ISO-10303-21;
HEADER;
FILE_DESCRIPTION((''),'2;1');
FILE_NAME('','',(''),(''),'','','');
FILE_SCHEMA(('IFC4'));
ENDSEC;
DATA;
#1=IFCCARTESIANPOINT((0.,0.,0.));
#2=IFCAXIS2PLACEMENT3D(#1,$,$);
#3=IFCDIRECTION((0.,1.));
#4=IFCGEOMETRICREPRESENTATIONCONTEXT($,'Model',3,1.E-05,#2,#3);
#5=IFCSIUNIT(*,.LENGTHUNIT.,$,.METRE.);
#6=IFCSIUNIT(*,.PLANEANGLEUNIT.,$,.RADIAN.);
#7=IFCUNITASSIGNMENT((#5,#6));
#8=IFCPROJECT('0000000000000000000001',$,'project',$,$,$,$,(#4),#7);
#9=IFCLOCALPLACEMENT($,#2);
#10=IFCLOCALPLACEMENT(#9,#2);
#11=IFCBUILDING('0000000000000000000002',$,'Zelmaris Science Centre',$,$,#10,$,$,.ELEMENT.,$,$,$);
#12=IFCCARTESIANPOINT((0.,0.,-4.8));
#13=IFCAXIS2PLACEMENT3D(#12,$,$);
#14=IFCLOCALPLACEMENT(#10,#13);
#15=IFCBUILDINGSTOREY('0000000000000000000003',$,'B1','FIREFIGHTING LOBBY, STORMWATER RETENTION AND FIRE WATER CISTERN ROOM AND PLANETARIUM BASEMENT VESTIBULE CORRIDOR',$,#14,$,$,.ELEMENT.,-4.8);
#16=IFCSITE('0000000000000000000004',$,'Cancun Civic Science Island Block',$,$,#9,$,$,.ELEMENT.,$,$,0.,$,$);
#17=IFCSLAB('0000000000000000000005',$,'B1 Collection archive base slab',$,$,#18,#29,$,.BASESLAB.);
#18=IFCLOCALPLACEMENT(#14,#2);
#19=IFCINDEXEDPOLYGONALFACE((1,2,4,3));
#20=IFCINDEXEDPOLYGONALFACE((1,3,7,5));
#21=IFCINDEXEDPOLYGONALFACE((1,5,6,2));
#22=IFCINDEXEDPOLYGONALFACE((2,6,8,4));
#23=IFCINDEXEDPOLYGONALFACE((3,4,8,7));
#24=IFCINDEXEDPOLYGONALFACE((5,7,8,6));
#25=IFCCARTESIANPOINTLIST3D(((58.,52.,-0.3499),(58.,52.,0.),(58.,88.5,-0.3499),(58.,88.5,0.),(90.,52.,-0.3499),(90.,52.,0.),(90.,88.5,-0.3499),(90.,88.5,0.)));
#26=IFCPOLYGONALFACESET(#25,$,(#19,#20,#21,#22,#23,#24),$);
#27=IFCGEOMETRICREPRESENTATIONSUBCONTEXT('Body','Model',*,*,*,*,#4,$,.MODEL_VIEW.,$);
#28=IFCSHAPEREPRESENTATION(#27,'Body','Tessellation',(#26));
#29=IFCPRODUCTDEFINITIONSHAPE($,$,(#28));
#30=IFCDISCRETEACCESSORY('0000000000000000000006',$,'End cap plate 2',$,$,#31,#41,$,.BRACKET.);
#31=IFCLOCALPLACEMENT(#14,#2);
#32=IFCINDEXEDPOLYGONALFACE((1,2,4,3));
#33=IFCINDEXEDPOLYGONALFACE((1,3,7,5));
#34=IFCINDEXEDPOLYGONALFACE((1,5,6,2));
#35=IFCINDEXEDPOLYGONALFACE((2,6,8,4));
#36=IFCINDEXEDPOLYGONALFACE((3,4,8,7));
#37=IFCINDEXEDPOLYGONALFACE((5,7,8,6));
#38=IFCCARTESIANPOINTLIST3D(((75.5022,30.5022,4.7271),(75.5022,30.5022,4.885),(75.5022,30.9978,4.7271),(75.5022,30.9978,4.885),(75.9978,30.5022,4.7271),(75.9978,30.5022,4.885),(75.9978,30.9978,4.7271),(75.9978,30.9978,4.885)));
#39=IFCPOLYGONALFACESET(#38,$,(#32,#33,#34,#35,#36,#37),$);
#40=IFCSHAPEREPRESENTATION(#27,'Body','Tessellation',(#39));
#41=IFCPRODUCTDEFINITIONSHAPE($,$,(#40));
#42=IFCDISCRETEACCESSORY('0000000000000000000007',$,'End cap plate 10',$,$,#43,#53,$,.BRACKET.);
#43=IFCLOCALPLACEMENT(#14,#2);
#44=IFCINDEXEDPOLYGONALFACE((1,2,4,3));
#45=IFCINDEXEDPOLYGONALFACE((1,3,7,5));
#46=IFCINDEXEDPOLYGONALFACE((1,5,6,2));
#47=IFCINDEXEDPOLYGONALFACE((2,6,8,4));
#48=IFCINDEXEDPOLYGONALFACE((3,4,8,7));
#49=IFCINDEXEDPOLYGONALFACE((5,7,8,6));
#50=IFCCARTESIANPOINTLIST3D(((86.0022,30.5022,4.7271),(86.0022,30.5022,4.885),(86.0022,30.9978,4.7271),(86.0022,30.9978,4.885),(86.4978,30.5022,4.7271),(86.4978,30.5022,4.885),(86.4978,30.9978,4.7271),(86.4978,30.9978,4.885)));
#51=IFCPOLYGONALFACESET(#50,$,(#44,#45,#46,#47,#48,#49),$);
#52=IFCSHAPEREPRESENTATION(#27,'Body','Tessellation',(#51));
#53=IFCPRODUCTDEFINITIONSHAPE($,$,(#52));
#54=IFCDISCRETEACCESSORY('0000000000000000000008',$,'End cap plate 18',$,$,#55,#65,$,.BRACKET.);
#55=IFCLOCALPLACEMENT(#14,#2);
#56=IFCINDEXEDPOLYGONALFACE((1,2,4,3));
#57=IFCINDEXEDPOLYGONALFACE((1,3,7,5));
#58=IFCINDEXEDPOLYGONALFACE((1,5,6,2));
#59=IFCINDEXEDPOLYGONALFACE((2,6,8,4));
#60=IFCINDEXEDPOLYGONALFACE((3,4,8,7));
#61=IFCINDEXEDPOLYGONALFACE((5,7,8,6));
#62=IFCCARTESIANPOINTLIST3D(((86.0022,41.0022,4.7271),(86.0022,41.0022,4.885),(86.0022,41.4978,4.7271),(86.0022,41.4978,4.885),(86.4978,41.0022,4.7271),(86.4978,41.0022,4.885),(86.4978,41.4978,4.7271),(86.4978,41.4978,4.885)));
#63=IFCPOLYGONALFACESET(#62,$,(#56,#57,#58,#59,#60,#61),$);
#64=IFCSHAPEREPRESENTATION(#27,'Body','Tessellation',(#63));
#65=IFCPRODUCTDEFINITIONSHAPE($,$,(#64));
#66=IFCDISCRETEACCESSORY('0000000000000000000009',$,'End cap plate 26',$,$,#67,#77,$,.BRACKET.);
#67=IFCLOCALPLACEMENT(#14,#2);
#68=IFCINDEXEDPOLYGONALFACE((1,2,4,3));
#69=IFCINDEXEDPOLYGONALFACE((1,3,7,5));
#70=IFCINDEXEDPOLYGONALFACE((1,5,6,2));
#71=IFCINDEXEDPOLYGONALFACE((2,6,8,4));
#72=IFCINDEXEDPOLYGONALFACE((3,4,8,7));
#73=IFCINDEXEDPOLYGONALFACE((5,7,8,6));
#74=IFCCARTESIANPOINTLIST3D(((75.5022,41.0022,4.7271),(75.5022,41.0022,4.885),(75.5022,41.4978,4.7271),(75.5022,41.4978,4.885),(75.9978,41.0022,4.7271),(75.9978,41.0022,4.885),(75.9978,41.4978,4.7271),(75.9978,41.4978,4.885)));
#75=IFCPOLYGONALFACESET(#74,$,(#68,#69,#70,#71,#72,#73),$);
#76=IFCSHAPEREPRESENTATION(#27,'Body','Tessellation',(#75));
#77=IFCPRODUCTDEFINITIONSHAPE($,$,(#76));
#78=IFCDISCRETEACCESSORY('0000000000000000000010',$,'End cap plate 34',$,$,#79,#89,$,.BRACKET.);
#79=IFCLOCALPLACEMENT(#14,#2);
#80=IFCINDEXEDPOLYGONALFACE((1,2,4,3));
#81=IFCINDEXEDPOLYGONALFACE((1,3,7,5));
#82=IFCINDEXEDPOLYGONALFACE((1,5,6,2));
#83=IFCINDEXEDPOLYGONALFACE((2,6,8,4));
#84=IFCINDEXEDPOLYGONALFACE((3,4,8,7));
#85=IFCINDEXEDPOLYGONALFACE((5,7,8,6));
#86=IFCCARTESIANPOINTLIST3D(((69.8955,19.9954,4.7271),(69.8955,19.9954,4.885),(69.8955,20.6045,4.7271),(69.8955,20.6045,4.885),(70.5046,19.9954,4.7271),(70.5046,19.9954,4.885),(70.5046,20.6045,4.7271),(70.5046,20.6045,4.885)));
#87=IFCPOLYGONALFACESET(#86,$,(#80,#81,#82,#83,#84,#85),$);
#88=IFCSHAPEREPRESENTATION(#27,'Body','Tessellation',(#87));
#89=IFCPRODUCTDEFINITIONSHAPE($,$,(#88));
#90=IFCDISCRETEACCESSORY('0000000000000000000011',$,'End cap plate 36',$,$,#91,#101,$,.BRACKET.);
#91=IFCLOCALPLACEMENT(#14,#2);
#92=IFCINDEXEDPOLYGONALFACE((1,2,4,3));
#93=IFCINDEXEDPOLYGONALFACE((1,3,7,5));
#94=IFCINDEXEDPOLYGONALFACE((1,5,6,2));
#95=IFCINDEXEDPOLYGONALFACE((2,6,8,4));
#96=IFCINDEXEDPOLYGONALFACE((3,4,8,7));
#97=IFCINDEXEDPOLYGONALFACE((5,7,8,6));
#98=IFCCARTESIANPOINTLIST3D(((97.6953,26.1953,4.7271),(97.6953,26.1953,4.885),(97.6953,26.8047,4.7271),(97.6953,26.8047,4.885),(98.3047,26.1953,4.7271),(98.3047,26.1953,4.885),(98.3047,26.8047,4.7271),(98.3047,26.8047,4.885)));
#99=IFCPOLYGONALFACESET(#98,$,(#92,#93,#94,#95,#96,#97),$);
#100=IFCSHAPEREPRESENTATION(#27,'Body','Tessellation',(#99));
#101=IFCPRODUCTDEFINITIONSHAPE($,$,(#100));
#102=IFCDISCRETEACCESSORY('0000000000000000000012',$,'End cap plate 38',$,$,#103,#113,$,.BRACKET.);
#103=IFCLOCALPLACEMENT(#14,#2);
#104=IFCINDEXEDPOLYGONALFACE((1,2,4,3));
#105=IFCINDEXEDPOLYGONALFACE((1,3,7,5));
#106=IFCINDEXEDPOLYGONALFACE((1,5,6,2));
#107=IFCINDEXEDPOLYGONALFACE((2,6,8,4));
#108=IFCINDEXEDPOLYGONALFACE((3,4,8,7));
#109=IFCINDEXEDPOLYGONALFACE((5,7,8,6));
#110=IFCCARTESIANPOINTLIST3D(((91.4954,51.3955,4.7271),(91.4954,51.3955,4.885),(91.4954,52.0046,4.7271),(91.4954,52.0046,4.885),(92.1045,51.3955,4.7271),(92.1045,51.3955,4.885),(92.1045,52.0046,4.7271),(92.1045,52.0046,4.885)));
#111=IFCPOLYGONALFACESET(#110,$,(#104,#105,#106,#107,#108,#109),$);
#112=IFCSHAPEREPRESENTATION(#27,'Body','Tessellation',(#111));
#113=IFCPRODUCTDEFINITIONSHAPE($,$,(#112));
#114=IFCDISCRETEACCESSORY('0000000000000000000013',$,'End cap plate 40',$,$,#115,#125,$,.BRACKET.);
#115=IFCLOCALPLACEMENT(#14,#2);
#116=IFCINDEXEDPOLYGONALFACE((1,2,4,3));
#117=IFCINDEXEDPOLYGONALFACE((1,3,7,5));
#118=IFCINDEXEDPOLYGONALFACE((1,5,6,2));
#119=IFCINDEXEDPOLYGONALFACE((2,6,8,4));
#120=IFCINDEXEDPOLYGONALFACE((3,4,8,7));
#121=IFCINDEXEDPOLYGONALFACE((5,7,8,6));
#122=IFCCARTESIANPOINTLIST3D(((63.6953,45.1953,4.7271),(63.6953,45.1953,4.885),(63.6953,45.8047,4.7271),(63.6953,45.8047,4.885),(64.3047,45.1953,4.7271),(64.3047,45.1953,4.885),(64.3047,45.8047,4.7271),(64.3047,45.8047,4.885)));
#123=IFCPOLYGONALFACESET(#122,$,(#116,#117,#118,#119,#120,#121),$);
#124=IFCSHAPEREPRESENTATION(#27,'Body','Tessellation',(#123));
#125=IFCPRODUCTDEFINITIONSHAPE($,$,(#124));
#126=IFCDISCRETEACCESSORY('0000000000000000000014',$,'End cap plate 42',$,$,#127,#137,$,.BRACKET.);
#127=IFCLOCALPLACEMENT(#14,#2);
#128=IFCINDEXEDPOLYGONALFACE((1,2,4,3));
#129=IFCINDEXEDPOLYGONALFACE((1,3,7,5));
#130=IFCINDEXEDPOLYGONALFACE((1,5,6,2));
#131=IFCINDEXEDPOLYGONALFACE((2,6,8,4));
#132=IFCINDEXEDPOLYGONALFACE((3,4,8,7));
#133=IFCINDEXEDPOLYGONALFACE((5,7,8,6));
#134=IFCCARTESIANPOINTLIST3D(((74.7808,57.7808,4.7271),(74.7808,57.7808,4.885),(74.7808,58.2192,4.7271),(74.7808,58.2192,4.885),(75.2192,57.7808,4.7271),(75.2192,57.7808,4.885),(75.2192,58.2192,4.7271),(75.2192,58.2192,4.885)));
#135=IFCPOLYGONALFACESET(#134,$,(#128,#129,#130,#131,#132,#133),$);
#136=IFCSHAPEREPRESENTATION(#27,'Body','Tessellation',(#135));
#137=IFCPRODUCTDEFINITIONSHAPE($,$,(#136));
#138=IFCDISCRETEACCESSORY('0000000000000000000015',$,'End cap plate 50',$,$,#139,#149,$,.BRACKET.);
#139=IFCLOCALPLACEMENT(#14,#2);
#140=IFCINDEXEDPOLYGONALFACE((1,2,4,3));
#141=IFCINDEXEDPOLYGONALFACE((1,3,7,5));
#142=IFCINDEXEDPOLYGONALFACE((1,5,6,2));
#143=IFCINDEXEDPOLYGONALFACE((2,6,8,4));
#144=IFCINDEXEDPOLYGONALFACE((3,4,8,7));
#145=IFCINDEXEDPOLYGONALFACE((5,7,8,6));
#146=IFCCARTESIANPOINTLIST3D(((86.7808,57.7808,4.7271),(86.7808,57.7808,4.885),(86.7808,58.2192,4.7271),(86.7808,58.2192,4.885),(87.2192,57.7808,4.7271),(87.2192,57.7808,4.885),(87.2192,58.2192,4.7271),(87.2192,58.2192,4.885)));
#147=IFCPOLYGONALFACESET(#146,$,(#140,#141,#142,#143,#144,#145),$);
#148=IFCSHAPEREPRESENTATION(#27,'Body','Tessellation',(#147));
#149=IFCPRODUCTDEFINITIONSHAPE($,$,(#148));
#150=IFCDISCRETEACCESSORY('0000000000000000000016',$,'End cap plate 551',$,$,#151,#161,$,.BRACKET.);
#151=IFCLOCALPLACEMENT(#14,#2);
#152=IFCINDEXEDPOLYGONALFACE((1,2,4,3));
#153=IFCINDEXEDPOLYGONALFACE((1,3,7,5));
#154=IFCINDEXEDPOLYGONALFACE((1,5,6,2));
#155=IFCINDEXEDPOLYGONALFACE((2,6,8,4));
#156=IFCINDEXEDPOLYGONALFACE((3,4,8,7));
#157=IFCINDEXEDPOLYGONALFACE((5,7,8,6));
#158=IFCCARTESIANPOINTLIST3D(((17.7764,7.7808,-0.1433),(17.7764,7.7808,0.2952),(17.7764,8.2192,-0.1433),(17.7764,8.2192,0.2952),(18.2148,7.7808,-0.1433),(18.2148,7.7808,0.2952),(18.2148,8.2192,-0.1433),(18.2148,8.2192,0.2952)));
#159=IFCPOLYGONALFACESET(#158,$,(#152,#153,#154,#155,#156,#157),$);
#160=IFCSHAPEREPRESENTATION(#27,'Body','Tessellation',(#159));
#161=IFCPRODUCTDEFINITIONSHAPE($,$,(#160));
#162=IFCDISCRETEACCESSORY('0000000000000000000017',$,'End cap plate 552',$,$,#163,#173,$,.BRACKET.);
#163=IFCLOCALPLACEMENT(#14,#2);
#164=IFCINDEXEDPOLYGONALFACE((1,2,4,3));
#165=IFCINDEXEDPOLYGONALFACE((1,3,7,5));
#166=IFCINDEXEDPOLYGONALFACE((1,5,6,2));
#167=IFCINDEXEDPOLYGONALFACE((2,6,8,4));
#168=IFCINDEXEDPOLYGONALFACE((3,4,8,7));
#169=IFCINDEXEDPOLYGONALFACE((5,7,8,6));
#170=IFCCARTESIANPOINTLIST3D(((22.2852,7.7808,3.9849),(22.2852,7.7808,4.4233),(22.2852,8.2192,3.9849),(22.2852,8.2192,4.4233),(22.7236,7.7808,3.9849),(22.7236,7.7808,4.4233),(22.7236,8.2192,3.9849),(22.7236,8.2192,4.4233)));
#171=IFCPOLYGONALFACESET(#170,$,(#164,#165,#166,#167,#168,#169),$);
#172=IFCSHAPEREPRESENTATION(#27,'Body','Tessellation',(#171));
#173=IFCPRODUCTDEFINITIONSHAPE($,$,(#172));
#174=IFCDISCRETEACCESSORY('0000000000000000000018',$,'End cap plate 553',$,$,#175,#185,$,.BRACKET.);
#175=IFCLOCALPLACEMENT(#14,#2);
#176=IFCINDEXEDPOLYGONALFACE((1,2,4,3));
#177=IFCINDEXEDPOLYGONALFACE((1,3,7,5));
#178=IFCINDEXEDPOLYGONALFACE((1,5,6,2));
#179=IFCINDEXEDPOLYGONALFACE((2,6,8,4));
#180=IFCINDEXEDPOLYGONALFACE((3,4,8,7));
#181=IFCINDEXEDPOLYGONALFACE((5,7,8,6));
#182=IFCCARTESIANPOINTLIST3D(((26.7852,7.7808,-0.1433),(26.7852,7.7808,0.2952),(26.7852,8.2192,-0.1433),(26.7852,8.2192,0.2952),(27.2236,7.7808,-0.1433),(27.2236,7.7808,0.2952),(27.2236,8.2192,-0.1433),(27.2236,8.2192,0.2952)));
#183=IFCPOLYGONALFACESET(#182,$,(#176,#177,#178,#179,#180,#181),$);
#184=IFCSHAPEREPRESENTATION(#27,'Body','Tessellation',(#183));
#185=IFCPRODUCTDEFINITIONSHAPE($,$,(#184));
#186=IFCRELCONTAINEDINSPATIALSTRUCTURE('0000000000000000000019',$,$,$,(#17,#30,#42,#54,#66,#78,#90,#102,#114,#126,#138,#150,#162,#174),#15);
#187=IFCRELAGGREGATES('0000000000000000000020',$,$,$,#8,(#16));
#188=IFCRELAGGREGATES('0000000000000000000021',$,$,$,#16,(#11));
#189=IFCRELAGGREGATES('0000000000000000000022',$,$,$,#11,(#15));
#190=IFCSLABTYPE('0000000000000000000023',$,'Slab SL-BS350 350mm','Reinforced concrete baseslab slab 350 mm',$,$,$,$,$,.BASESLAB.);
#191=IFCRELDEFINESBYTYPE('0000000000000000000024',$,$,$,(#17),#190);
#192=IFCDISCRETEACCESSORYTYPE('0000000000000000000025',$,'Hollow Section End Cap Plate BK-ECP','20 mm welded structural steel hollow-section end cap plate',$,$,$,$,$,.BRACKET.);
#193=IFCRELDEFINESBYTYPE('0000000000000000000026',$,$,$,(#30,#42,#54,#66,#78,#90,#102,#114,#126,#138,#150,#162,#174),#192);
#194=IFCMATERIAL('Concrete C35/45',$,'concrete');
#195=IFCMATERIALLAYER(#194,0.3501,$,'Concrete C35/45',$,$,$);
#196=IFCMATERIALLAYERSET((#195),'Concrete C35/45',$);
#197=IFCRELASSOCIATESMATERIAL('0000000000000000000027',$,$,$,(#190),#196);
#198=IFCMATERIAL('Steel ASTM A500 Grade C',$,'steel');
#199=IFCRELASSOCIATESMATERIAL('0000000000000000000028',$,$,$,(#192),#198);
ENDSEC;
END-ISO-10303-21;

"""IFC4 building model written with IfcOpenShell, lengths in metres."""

from ifc_helpers import new_model, si_unit, direction, frame, origin, place, context, subcontext, project, spatial, polyline, outline, extrude, material, layer, layer_set, type_object, element, save


model = new_model("IFC4")

# Units and contexts
model_context = context("Model", 3, precision=1e-05, world=origin(), true_north=direction((0.0, 1.0)))
body_context = subcontext(model_context, "Body", "Model", "MODEL_VIEW")
ifc_project = project(units=[si_unit("LENGTHUNIT", "METRE"), si_unit("PLANEANGLEUNIT", "RADIAN")], contexts=[model_context])

# Site, building, storey
site_placement = place(None, origin())
site = spatial("IfcSite", under=ifc_project, at=site_placement, Name="Cancun Civic Science Island Block", CompositionType="ELEMENT", RefElevation=0.0)
building_placement = place(site_placement, origin())
building = spatial("IfcBuilding", under=site, at=building_placement, Name="Zelmaris Science Centre", CompositionType="ELEMENT")
storey_placement = place(building_placement, frame((0.0, 0.0, -4.8)))
storey = spatial("IfcBuildingStorey", under=building, at=storey_placement, Name="B1", Description="FIREFIGHTING LOBBY, STORMWATER RETENTION AND FIRE WATER CISTERN ROOM AND PLANETARIUM BASEMENT VESTIBULE CORRIDOR", CompositionType="ELEMENT", Elevation=-4.8)

# Slab
ifc_material_1 = material(Name="Concrete C35/45", Category="concrete")
ifc_layer = layer(ifc_material_1, 0.3501, Name="Concrete C35/45")
ifc_layer_set = layer_set([ifc_layer], Name="Concrete C35/45")
slab_type = type_object("IfcSlabType", Name="Slab SL-BS350 350mm", Description="Reinforced concrete baseslab slab 350 mm", PredefinedType="BASESLAB", material=ifc_layer_set)
slab_placement = place(storey_placement, frame((0.0, 0.0, -0.3499)))
element("IfcSlab", 1, at=slab_placement, inside=storey, type_object=slab_type, Name="B1 Collection archive base slab", PredefinedType="BASESLAB", context=body_context, shape_type="SweptSolid", body=[
    extrude(outline(polyline([(58.0, 52.0), (58.0, 88.5), (90.0, 88.5), (90.0, 52.0), (58.0, 52.0)])), origin(), (0.0, 0.0, 1.0), 0.3499),
])

# Discrete accessories
ifc_material_2 = material(Name="Steel ASTM A500 Grade C", Category="steel")
discrete_accessory_type = type_object("IfcDiscreteAccessoryType", Name="Hollow Section End Cap Plate BK-ECP", Description="20 mm welded structural steel hollow-section end cap plate", PredefinedType="BRACKET", material=ifc_material_2)
discrete_accessory_1_placement = place(storey_placement, frame((0.0, 0.0, 4.7271)))
element("IfcDiscreteAccessory", 2, at=discrete_accessory_1_placement, inside=storey, type_object=discrete_accessory_type, Name="End cap plate 2", PredefinedType="BRACKET", context=body_context, shape_type="SweptSolid", body=[
    extrude(outline(polyline([(75.5022, 30.5022), (75.9978, 30.5022), (75.9978, 30.9978), (75.5022, 30.9978), (75.5022, 30.5022)])), origin(), (0.0, 0.0, 1.0), 0.158),
])
discrete_accessory_2_placement = place(storey_placement, frame((0.0, 0.0, 4.7271)))
element("IfcDiscreteAccessory", 3, at=discrete_accessory_2_placement, inside=storey, type_object=discrete_accessory_type, Name="End cap plate 10", PredefinedType="BRACKET", context=body_context, shape_type="SweptSolid", body=[
    extrude(outline(polyline([(86.0022, 30.5022), (86.4978, 30.5022), (86.4978, 30.9978), (86.0022, 30.9978), (86.0022, 30.5022)])), origin(), (0.0, 0.0, 1.0), 0.158),
])
discrete_accessory_3_placement = place(storey_placement, frame((0.0, 0.0, 4.7271)))
element("IfcDiscreteAccessory", 4, at=discrete_accessory_3_placement, inside=storey, type_object=discrete_accessory_type, Name="End cap plate 18", PredefinedType="BRACKET", context=body_context, shape_type="SweptSolid", body=[
    extrude(outline(polyline([(86.0022, 41.0022), (86.4978, 41.0022), (86.4978, 41.4978), (86.0022, 41.4978), (86.0022, 41.0022)])), origin(), (0.0, 0.0, 1.0), 0.158),
])
discrete_accessory_4_placement = place(storey_placement, frame((0.0, 0.0, 4.7271)))
element("IfcDiscreteAccessory", 5, at=discrete_accessory_4_placement, inside=storey, type_object=discrete_accessory_type, Name="End cap plate 26", PredefinedType="BRACKET", context=body_context, shape_type="SweptSolid", body=[
    extrude(outline(polyline([(75.5022, 41.0022), (75.9978, 41.0022), (75.9978, 41.4978), (75.5022, 41.4978), (75.5022, 41.0022)])), origin(), (0.0, 0.0, 1.0), 0.158),
])
discrete_accessory_5_placement = place(storey_placement, frame((0.0, 0.0, 4.7271)))
element("IfcDiscreteAccessory", 6, at=discrete_accessory_5_placement, inside=storey, type_object=discrete_accessory_type, Name="End cap plate 34", PredefinedType="BRACKET", context=body_context, shape_type="SweptSolid", body=[
    extrude(outline(polyline([(69.8955, 19.9954), (70.5046, 19.9954), (70.5046, 20.6045), (69.8955, 20.6045), (69.8955, 19.9954)])), origin(), (0.0, 0.0, 1.0), 0.158),
])
discrete_accessory_6_placement = place(storey_placement, frame((0.0, 0.0, 4.7271)))
element("IfcDiscreteAccessory", 7, at=discrete_accessory_6_placement, inside=storey, type_object=discrete_accessory_type, Name="End cap plate 36", PredefinedType="BRACKET", context=body_context, shape_type="SweptSolid", body=[
    extrude(outline(polyline([(97.6953, 26.1953), (98.3047, 26.1953), (98.3047, 26.8047), (97.6953, 26.8047), (97.6953, 26.1953)])), origin(), (0.0, 0.0, 1.0), 0.158),
])
discrete_accessory_7_placement = place(storey_placement, frame((0.0, 0.0, 4.7271)))
element("IfcDiscreteAccessory", 8, at=discrete_accessory_7_placement, inside=storey, type_object=discrete_accessory_type, Name="End cap plate 38", PredefinedType="BRACKET", context=body_context, shape_type="SweptSolid", body=[
    extrude(outline(polyline([(91.4954, 51.3955), (92.1045, 51.3955), (92.1045, 52.0046), (91.4954, 52.0046), (91.4954, 51.3955)])), origin(), (0.0, 0.0, 1.0), 0.158),
])
discrete_accessory_8_placement = place(storey_placement, frame((0.0, 0.0, 4.7271)))
element("IfcDiscreteAccessory", 9, at=discrete_accessory_8_placement, inside=storey, type_object=discrete_accessory_type, Name="End cap plate 40", PredefinedType="BRACKET", context=body_context, shape_type="SweptSolid", body=[
    extrude(outline(polyline([(63.6953, 45.1953), (64.3047, 45.1953), (64.3047, 45.8047), (63.6953, 45.8047), (63.6953, 45.1953)])), origin(), (0.0, 0.0, 1.0), 0.158),
])
discrete_accessory_9_placement = place(storey_placement, frame((0.0, 0.0, 4.7271)))
element("IfcDiscreteAccessory", 10, at=discrete_accessory_9_placement, inside=storey, type_object=discrete_accessory_type, Name="End cap plate 42", PredefinedType="BRACKET", context=body_context, shape_type="SweptSolid", body=[
    extrude(outline(polyline([(74.7808, 57.7808), (75.2192, 57.7808), (75.2192, 58.2192), (74.7808, 58.2192), (74.7808, 57.7808)])), origin(), (0.0, 0.0, 1.0), 0.158),
])
discrete_accessory_10_placement = place(storey_placement, frame((0.0, 0.0, 4.7271)))
element("IfcDiscreteAccessory", 11, at=discrete_accessory_10_placement, inside=storey, type_object=discrete_accessory_type, Name="End cap plate 50", PredefinedType="BRACKET", context=body_context, shape_type="SweptSolid", body=[
    extrude(outline(polyline([(86.7808, 57.7808), (87.2192, 57.7808), (87.2192, 58.2192), (86.7808, 58.2192), (86.7808, 57.7808)])), origin(), (0.0, 0.0, 1.0), 0.158),
])
discrete_accessory_11_placement = place(storey_placement, frame((0.0, 0.0, -0.1433)))
element("IfcDiscreteAccessory", 12, at=discrete_accessory_11_placement, inside=storey, type_object=discrete_accessory_type, Name="End cap plate 551", PredefinedType="BRACKET", context=body_context, shape_type="SweptSolid", body=[
    extrude(outline(polyline([(17.7764, 7.7808), (18.2148, 7.7808), (18.2148, 8.2192), (17.7764, 8.2192), (17.7764, 7.7808)])), origin(), (0.0, 0.0, 1.0), 0.4385),
])
discrete_accessory_12_placement = place(storey_placement, frame((0.0, 0.0, 3.9849)))
element("IfcDiscreteAccessory", 13, at=discrete_accessory_12_placement, inside=storey, type_object=discrete_accessory_type, Name="End cap plate 552", PredefinedType="BRACKET", context=body_context, shape_type="SweptSolid", body=[
    extrude(outline(polyline([(22.2852, 7.7808), (22.7236, 7.7808), (22.7236, 8.2192), (22.2852, 8.2192), (22.2852, 7.7808)])), origin(), (0.0, 0.0, 1.0), 0.4385),
])
discrete_accessory_13_placement = place(storey_placement, frame((0.0, 0.0, -0.1433)))
element("IfcDiscreteAccessory", 14, at=discrete_accessory_13_placement, inside=storey, type_object=discrete_accessory_type, Name="End cap plate 553", PredefinedType="BRACKET", context=body_context, shape_type="SweptSolid", body=[
    extrude(outline(polyline([(26.7852, 7.7808), (27.2236, 7.7808), (27.2236, 8.2192), (26.7852, 8.2192), (26.7852, 7.7808)])), origin(), (0.0, 0.0, 1.0), 0.4385),
])

save(model, "model.ifc")
